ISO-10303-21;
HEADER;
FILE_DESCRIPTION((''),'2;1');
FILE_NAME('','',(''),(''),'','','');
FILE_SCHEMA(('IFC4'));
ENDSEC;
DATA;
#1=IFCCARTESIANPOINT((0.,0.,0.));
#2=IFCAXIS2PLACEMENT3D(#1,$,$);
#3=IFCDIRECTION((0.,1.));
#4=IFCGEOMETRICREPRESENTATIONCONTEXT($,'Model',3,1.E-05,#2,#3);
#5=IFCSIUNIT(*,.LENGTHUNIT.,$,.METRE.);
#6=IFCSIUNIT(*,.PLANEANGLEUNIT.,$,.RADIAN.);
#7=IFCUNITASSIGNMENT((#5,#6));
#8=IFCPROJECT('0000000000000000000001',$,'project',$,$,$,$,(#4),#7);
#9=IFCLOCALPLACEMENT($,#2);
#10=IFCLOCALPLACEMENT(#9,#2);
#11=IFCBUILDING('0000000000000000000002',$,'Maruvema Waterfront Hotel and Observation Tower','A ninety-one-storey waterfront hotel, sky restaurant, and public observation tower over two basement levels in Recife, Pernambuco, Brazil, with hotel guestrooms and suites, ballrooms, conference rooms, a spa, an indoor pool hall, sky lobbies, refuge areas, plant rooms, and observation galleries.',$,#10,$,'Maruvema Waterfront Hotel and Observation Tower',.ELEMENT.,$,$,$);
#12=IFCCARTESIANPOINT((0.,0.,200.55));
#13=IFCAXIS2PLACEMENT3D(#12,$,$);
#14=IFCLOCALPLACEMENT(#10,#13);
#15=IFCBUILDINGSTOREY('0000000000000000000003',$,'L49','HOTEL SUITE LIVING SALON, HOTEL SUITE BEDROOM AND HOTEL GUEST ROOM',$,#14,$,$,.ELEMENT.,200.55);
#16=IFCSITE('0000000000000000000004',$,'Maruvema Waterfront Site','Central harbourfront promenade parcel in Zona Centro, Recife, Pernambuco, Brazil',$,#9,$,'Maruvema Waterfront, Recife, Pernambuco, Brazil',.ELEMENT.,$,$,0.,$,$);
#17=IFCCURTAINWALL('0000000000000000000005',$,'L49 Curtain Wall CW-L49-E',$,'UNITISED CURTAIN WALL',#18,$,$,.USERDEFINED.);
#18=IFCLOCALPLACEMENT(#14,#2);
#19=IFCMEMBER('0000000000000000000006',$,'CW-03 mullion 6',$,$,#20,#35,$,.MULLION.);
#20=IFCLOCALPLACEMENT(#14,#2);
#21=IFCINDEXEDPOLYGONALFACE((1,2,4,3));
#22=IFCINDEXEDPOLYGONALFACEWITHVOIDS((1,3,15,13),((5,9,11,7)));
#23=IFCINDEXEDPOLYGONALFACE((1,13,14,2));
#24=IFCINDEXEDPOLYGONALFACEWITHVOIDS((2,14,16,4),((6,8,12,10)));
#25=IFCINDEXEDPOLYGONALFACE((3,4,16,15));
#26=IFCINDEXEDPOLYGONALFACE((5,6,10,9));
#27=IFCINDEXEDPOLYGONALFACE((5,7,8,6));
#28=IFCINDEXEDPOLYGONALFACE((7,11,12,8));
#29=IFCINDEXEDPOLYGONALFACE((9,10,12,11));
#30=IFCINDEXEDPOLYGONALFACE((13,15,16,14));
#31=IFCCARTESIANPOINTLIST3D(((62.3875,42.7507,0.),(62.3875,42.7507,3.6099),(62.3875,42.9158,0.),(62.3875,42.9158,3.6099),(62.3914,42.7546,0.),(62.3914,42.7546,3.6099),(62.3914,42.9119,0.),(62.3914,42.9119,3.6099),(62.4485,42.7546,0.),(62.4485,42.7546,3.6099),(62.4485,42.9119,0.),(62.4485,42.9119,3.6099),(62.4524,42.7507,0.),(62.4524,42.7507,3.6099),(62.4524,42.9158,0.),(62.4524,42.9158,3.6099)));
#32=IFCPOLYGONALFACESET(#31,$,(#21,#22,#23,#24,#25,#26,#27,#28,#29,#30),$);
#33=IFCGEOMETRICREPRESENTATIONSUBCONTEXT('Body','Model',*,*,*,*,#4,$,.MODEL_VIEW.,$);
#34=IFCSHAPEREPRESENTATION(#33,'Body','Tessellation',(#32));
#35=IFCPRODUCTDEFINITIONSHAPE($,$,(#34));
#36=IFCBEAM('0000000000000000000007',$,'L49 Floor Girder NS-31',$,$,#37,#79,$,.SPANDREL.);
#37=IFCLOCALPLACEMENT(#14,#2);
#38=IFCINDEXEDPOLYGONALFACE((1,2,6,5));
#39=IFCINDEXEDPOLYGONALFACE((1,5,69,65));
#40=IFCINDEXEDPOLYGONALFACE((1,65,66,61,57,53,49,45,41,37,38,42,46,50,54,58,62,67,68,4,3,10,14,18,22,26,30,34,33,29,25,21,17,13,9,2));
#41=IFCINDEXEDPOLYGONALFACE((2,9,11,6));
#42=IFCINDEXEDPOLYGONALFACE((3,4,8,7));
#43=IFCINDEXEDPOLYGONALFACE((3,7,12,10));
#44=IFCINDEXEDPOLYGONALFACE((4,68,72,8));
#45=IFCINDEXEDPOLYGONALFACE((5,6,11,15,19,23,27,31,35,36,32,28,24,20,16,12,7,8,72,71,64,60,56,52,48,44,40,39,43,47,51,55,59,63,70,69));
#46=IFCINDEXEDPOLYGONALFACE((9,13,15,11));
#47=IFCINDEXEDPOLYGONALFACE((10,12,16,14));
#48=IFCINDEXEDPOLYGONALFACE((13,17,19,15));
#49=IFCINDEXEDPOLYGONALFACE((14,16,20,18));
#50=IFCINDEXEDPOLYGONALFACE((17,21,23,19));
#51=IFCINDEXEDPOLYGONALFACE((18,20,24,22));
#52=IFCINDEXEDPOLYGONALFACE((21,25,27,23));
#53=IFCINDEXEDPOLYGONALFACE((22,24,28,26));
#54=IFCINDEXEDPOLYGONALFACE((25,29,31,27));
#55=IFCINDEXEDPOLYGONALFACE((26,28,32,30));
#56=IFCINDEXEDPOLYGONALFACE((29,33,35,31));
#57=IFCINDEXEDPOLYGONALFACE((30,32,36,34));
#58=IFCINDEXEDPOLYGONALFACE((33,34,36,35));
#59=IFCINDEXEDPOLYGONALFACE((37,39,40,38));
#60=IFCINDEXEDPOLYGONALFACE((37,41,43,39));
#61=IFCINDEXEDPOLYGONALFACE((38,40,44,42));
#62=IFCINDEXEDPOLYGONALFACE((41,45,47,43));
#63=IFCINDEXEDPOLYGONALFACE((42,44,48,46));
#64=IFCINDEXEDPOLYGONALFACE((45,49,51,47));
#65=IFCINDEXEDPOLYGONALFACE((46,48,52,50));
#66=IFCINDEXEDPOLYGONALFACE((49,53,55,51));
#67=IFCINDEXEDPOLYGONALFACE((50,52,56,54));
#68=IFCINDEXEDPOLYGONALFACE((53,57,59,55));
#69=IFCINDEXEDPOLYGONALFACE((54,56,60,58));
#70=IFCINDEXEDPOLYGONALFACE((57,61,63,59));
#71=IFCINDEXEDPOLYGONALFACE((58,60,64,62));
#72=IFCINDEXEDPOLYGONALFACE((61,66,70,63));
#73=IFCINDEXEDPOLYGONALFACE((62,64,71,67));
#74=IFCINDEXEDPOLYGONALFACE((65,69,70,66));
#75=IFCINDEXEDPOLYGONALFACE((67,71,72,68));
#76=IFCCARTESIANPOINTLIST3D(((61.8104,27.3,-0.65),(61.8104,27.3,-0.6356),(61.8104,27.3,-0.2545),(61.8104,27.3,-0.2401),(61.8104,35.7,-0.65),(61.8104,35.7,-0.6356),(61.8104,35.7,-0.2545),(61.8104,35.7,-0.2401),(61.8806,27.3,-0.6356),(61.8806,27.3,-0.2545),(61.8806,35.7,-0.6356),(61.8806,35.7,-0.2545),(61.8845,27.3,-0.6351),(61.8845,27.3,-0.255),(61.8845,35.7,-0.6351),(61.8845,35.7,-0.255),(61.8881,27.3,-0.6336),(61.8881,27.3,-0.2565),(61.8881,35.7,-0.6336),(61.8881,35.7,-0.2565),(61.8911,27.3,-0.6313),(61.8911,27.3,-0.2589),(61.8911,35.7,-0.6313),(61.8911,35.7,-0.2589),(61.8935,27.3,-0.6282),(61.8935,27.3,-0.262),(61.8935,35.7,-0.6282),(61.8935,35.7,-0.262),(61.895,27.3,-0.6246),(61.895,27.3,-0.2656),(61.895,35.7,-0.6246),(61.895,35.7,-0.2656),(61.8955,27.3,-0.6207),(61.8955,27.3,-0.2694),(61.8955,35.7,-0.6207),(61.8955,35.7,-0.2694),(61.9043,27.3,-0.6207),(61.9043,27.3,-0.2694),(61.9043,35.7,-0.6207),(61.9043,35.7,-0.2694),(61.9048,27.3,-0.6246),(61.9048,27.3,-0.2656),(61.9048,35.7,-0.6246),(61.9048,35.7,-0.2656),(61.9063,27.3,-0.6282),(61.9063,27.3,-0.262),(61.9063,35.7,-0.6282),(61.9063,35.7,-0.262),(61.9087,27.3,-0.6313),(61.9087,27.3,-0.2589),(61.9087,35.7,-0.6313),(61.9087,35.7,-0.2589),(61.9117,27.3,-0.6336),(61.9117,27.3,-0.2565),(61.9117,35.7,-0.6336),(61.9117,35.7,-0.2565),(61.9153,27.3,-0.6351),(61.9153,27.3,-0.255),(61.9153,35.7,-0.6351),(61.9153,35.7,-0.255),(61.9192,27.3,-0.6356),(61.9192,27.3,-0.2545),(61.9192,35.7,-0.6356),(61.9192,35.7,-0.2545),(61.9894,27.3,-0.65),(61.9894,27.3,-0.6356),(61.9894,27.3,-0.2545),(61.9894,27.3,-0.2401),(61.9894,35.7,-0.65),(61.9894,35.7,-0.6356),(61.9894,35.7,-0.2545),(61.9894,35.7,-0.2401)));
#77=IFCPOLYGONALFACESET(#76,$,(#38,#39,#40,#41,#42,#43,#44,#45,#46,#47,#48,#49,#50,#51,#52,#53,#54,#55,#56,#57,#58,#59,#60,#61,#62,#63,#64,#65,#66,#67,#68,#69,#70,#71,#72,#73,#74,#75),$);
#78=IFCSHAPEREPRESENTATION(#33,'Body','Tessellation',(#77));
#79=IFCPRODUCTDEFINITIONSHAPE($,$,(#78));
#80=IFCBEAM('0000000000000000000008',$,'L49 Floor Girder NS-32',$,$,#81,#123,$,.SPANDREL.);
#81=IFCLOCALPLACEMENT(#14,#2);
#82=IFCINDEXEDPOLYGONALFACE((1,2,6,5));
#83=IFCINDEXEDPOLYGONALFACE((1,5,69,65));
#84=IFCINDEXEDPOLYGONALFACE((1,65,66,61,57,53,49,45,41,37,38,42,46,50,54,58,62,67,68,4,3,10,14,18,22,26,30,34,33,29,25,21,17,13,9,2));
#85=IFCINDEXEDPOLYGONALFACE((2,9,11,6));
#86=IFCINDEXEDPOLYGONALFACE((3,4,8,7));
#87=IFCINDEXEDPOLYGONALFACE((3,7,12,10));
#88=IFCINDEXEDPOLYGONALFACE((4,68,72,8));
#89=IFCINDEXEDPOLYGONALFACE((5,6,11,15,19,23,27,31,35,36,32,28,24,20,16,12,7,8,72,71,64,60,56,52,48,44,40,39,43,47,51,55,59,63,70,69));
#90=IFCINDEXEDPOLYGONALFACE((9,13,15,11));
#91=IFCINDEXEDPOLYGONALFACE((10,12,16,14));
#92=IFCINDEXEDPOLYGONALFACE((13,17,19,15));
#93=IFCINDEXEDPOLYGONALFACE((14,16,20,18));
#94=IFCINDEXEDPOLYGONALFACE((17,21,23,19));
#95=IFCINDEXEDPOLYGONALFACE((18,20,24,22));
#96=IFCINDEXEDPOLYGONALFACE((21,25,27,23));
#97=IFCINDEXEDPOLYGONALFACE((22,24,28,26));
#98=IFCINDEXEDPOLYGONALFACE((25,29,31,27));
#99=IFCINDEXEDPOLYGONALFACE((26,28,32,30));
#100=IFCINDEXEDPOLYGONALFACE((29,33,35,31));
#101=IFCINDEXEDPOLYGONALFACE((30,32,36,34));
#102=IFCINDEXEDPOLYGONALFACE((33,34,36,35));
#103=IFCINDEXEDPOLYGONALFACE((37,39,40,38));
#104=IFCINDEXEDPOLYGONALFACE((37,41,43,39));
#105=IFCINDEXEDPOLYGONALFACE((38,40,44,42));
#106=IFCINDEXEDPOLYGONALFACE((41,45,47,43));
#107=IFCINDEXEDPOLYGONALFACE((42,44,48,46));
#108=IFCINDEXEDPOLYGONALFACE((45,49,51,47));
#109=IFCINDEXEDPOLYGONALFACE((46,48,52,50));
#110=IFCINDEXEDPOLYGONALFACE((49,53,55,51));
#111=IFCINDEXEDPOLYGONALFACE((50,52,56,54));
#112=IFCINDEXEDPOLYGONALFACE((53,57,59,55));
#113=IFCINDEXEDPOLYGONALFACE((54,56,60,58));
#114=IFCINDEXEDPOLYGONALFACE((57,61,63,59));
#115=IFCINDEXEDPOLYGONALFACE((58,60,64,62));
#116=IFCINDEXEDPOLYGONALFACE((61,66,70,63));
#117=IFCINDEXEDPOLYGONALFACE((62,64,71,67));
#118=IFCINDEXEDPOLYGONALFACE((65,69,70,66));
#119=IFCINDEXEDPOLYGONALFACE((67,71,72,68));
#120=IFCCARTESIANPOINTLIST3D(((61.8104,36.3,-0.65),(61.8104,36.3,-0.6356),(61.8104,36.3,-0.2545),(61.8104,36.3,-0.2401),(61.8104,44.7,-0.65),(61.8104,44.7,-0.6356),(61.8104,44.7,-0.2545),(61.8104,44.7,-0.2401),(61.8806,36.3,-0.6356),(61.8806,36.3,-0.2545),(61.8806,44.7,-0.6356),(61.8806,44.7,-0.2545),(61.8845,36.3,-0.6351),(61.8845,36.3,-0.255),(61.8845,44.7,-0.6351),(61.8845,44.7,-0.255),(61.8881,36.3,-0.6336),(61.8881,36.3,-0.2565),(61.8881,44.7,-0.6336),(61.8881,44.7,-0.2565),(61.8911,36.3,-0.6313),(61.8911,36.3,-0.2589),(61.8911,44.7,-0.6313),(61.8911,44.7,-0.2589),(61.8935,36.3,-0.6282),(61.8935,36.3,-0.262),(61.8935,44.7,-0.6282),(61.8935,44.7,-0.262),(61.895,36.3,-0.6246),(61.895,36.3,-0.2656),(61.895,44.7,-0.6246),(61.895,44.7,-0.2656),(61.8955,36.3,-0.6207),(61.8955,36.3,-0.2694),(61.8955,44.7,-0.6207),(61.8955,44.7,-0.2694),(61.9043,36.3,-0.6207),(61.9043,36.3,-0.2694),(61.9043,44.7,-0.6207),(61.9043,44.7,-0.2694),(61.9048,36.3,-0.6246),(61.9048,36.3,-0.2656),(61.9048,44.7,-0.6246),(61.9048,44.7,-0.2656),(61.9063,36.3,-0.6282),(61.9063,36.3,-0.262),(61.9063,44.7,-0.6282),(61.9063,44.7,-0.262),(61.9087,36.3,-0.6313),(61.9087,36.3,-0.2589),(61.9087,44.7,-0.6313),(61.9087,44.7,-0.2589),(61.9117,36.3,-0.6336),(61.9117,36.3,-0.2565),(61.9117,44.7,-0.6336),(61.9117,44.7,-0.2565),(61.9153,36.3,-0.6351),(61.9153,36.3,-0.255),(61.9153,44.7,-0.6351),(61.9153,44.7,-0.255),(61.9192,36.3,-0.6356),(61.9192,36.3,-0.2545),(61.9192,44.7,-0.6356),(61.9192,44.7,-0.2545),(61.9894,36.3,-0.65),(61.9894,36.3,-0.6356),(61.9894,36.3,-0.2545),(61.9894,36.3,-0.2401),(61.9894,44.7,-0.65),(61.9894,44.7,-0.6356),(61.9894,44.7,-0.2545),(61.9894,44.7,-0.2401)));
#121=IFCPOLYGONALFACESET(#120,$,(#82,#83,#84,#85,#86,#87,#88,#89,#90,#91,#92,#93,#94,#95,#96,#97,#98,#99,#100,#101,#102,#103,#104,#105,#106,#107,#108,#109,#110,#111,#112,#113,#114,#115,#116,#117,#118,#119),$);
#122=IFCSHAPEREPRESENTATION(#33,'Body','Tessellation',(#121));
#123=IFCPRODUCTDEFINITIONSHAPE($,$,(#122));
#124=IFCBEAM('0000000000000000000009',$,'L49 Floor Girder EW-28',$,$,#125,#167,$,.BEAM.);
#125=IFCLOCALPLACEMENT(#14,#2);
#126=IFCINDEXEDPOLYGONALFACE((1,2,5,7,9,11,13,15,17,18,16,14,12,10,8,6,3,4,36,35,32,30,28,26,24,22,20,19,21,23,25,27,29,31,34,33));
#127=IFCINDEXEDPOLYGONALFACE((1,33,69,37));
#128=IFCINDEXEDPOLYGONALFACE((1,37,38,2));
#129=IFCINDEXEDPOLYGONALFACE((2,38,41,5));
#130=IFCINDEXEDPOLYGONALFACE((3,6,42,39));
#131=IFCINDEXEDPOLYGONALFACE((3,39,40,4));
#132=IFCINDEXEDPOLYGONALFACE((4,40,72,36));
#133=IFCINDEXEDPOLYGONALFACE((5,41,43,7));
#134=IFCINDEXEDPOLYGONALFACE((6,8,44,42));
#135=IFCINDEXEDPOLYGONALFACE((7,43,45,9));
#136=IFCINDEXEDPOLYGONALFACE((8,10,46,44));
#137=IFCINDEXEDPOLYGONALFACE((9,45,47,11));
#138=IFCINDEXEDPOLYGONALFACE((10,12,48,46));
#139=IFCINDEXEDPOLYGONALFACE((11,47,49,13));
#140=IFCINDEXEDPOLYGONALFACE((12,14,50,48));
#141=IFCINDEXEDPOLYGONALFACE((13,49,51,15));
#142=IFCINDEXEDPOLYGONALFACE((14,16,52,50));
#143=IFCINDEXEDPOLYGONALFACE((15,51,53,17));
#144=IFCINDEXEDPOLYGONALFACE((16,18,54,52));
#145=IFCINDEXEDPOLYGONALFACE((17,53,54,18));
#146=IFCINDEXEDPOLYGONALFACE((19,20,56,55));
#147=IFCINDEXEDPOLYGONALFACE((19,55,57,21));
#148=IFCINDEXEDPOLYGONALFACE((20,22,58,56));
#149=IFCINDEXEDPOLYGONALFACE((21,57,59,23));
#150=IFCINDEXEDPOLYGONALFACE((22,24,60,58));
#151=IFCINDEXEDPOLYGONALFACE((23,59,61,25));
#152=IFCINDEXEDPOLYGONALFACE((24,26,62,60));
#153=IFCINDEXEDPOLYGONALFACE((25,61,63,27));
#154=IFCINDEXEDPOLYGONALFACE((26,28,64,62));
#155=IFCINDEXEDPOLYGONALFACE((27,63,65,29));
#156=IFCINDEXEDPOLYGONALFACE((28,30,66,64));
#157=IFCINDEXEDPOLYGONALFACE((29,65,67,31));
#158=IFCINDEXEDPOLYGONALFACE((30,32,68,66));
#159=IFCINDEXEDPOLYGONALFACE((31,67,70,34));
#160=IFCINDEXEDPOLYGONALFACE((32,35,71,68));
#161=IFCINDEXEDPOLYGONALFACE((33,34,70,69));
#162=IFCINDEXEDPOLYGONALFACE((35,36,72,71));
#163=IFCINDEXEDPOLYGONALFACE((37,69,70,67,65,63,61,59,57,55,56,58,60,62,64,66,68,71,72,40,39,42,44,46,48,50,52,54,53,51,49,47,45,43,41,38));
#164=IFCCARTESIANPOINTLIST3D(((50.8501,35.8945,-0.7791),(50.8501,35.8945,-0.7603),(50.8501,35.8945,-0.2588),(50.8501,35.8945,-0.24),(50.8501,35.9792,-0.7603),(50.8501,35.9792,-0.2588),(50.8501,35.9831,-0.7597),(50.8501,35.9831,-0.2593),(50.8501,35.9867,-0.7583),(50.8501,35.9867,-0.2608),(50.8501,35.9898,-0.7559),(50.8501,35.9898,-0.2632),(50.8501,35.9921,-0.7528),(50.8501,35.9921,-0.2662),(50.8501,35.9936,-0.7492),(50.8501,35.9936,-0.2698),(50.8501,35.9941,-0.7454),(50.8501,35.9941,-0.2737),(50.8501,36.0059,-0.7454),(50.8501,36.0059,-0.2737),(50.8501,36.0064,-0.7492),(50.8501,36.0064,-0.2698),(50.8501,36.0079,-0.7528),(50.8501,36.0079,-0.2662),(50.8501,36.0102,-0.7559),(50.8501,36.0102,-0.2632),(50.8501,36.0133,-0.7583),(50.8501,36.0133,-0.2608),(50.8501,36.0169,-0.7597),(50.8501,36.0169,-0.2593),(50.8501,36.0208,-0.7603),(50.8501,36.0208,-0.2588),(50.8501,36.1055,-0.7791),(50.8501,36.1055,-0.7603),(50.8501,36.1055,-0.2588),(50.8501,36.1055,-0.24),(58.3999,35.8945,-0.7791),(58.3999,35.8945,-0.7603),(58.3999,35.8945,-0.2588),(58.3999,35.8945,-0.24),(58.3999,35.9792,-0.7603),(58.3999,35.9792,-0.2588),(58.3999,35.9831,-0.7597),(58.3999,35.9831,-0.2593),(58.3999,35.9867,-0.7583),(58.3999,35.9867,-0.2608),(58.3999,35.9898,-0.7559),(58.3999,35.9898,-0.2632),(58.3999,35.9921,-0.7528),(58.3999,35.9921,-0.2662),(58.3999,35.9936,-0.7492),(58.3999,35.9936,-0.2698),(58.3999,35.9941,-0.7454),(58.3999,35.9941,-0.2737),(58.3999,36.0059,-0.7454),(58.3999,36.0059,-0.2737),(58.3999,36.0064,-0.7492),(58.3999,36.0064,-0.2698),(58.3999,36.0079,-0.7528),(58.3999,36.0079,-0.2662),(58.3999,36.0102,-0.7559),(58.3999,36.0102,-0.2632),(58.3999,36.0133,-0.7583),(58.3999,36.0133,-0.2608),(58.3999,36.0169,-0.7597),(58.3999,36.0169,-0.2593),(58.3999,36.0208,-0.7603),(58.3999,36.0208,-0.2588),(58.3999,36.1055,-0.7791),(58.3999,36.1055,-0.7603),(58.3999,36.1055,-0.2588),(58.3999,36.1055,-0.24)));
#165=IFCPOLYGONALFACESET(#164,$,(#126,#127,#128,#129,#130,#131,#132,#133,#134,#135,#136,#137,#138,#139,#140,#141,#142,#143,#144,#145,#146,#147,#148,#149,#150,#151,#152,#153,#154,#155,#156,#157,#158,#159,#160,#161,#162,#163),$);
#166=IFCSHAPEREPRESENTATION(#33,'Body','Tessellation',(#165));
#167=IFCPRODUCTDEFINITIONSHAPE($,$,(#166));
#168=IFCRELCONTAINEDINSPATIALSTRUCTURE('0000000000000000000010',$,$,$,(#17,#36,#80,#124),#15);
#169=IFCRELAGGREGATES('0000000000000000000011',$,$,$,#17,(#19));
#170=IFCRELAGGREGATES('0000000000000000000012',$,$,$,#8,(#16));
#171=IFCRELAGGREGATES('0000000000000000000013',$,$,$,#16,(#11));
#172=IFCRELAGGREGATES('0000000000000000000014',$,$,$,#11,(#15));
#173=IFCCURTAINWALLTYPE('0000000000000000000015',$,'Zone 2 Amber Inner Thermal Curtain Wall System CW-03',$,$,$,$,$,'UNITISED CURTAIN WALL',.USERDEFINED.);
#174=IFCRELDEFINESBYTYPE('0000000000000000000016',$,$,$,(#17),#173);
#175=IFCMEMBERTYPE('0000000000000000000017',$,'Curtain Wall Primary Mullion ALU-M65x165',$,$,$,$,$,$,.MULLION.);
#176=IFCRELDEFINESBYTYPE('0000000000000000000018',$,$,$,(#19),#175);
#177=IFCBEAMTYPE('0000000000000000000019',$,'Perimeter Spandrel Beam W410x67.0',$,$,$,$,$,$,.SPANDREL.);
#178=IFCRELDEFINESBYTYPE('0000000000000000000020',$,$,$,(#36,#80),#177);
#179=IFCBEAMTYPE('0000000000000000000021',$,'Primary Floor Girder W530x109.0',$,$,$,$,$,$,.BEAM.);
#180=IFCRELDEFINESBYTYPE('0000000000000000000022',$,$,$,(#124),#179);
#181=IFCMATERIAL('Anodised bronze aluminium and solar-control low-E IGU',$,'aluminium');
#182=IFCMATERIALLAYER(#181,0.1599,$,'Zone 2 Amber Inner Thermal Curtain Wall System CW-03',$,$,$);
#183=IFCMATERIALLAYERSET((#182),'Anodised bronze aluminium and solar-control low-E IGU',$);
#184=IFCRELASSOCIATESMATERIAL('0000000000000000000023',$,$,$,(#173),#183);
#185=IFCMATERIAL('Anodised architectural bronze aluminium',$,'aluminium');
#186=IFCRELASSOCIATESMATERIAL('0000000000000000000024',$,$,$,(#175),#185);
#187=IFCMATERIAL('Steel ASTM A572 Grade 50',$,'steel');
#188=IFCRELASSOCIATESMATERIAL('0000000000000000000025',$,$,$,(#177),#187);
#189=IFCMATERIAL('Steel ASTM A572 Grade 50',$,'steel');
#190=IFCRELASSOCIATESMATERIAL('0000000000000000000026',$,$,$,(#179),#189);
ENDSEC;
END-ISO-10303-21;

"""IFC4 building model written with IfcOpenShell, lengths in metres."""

from ifc_helpers import new_model, si_unit, direction, frame, origin, origin_2d, place, context, subcontext, project, spatial, hollow_rectangle, i_section, extrude, material, layer, layer_set, material_profile, profile_set, type_object, element, aggregate, save


model = new_model("IFC4")

# Units and contexts
model_context = context("Model", 3, precision=1e-05, world=origin(), true_north=direction((0.0, 1.0)))
body_context = subcontext(model_context, "Body", "Model", "MODEL_VIEW")
ifc_project = project(units=[si_unit("LENGTHUNIT", "METRE"), si_unit("PLANEANGLEUNIT", "RADIAN")], contexts=[model_context])

# Site, building, storey
site_placement = place(None, origin())
site = spatial("IfcSite", under=ifc_project, at=site_placement, Name="Maruvema Waterfront Site", Description="Central harbourfront promenade parcel in Zona Centro, Recife, Pernambuco, Brazil", LongName="Maruvema Waterfront, Recife, Pernambuco, Brazil", CompositionType="ELEMENT", RefElevation=0.0)
building_placement = place(site_placement, origin())
building = spatial("IfcBuilding", under=site, at=building_placement, Name="Maruvema Waterfront Hotel and Observation Tower", Description="A ninety-one-storey waterfront hotel, sky restaurant, and public observation tower over two basement levels in Recife, Pernambuco, Brazil, with hotel guestrooms and suites, ballrooms, conference rooms, a spa, an indoor pool hall, sky lobbies, refuge areas, plant rooms, and observation galleries.", LongName="Maruvema Waterfront Hotel and Observation Tower", CompositionType="ELEMENT")
storey_placement = place(building_placement, frame((0.0, 0.0, 200.55)))
storey = spatial("IfcBuildingStorey", under=building, at=storey_placement, Name="L49", Description="HOTEL SUITE LIVING SALON, HOTEL SUITE BEDROOM AND HOTEL GUEST ROOM", CompositionType="ELEMENT", Elevation=200.55)

# Curtain wall, member
ifc_material_1 = material(Name="Anodised bronze aluminium and solar-control low-E IGU", Category="aluminium")
ifc_layer_1 = layer(ifc_material_1, 0.1599, Name="Zone 2 Amber Inner Thermal Curtain Wall System CW-03")
ifc_layer_set_1 = layer_set([ifc_layer_1], Name="Anodised bronze aluminium and solar-control low-E IGU")
curtain_wall_type = type_object("IfcCurtainWallType", Name="Zone 2 Amber Inner Thermal Curtain Wall System CW-03", ElementType="UNITISED CURTAIN WALL", PredefinedType="USERDEFINED", material=ifc_layer_set_1)
curtain_wall_placement = place(storey_placement, origin())
curtain_wall = element("IfcCurtainWall", 1, at=curtain_wall_placement, inside=storey, type_object=curtain_wall_type, Name="L49 Curtain Wall CW-L49-E", ObjectType="UNITISED CURTAIN WALL", PredefinedType="USERDEFINED")
ifc_material_2 = material(Name="Anodised architectural bronze aluminium", Category="aluminium")
ifc_material_profile_1 = material_profile(ifc_material_2, hollow_rectangle(XDim=0.0649, YDim=0.165, WallThickness=0.0039, at=origin_2d()), Name="ALU-M65x165")
ifc_profile_set_1 = profile_set([ifc_material_profile_1], Name="Anodised architectural bronze aluminium")
member_type_1 = type_object("IfcMemberType", Name="Curtain Wall Primary Mullion ALU-M65x165", PredefinedType="MULLION", material=ifc_profile_set_1)
member_1_placement = place(storey_placement, frame((62.4199, 42.8333, 0.0), z_axis=(0.0, 0.0, 1.0), x_axis=(-1.0, 0.0, 0.0)))
member_1 = element("IfcMember", 2, at=member_1_placement, type_object=member_type_1, Name="CW-03 mullion 6", PredefinedType="MULLION", context=body_context, shape_type="SweptSolid", body=[
    extrude(hollow_rectangle(XDim=0.0649, YDim=0.165, WallThickness=0.0039, at=origin_2d()), origin(), (0.0, 0.0, 1.0), 3.6099),
])

# Beams
ifc_material_3 = material(Name="Steel ASTM A572 Grade 50", Category="steel")
ifc_material_profile_2 = material_profile(ifc_material_3, i_section(OverallWidth=0.179, OverallDepth=0.4099, WebThickness=0.0088, FlangeThickness=0.0144, FilletRadius=0.0149, at=origin_2d()), Name="W410x67.0")
ifc_profile_set_2 = profile_set([ifc_material_profile_2], Name="Steel ASTM A572 Grade 50")
beam_type_1 = type_object("IfcBeamType", Name="Perimeter Spandrel Beam W410x67.0", PredefinedType="SPANDREL", material=ifc_profile_set_2)
for number, where, z_axis, x_axis, name in (
    (3, (61.8999, 27.3, -0.4451), (0.0, 1.0, 0.0), (-1.0, 0.0, 0.0), "L49 Floor Girder NS-31"),
    (4, (61.8999, 36.3, -0.4451), (0.0, 1.0, 0.0), (-1.0, 0.0, 0.0), "L49 Floor Girder NS-32"),
):
    element("IfcBeam", number, at=place(storey_placement, frame(where, z_axis=z_axis, x_axis=x_axis)), inside=storey, type_object=beam_type_1, Name=name, PredefinedType="SPANDREL", context=body_context, shape_type="SweptSolid", body=[
        extrude(i_section(OverallWidth=0.179, OverallDepth=0.4099, WebThickness=0.0088, FlangeThickness=0.0144, FilletRadius=0.0149, at=origin_2d()), origin(), (0.0, 0.0, 1.0), 8.3999),
    ])
ifc_material_4 = material(Name="Steel ASTM A572 Grade 50", Category="steel")
ifc_material_profile_3 = material_profile(ifc_material_4, i_section(OverallWidth=0.2109, OverallDepth=0.5391, WebThickness=0.0117, FlangeThickness=0.0188, FilletRadius=0.0149, at=origin_2d()), Name="W530x109.0")
ifc_profile_set_3 = profile_set([ifc_material_profile_3], Name="Steel ASTM A572 Grade 50")
beam_type_2 = type_object("IfcBeamType", Name="Primary Floor Girder W530x109.0", PredefinedType="BEAM", material=ifc_profile_set_3)
beam_1_placement = place(storey_placement, frame((50.8501, 36.0, -0.5095), z_axis=(1.0, 0.0, 0.0), x_axis=(0.0, 1.0, 0.0)))
element("IfcBeam", 5, at=beam_1_placement, inside=storey, type_object=beam_type_2, Name="L49 Floor Girder EW-28", PredefinedType="BEAM", context=body_context, shape_type="SweptSolid", body=[
    extrude(i_section(OverallWidth=0.2109, OverallDepth=0.5391, WebThickness=0.0117, FlangeThickness=0.0188, FilletRadius=0.0149, at=origin_2d()), origin(), (0.0, 0.0, 1.0), 7.5498),
])

aggregate(curtain_wall, [member_1])

save(model, "model.ifc")
